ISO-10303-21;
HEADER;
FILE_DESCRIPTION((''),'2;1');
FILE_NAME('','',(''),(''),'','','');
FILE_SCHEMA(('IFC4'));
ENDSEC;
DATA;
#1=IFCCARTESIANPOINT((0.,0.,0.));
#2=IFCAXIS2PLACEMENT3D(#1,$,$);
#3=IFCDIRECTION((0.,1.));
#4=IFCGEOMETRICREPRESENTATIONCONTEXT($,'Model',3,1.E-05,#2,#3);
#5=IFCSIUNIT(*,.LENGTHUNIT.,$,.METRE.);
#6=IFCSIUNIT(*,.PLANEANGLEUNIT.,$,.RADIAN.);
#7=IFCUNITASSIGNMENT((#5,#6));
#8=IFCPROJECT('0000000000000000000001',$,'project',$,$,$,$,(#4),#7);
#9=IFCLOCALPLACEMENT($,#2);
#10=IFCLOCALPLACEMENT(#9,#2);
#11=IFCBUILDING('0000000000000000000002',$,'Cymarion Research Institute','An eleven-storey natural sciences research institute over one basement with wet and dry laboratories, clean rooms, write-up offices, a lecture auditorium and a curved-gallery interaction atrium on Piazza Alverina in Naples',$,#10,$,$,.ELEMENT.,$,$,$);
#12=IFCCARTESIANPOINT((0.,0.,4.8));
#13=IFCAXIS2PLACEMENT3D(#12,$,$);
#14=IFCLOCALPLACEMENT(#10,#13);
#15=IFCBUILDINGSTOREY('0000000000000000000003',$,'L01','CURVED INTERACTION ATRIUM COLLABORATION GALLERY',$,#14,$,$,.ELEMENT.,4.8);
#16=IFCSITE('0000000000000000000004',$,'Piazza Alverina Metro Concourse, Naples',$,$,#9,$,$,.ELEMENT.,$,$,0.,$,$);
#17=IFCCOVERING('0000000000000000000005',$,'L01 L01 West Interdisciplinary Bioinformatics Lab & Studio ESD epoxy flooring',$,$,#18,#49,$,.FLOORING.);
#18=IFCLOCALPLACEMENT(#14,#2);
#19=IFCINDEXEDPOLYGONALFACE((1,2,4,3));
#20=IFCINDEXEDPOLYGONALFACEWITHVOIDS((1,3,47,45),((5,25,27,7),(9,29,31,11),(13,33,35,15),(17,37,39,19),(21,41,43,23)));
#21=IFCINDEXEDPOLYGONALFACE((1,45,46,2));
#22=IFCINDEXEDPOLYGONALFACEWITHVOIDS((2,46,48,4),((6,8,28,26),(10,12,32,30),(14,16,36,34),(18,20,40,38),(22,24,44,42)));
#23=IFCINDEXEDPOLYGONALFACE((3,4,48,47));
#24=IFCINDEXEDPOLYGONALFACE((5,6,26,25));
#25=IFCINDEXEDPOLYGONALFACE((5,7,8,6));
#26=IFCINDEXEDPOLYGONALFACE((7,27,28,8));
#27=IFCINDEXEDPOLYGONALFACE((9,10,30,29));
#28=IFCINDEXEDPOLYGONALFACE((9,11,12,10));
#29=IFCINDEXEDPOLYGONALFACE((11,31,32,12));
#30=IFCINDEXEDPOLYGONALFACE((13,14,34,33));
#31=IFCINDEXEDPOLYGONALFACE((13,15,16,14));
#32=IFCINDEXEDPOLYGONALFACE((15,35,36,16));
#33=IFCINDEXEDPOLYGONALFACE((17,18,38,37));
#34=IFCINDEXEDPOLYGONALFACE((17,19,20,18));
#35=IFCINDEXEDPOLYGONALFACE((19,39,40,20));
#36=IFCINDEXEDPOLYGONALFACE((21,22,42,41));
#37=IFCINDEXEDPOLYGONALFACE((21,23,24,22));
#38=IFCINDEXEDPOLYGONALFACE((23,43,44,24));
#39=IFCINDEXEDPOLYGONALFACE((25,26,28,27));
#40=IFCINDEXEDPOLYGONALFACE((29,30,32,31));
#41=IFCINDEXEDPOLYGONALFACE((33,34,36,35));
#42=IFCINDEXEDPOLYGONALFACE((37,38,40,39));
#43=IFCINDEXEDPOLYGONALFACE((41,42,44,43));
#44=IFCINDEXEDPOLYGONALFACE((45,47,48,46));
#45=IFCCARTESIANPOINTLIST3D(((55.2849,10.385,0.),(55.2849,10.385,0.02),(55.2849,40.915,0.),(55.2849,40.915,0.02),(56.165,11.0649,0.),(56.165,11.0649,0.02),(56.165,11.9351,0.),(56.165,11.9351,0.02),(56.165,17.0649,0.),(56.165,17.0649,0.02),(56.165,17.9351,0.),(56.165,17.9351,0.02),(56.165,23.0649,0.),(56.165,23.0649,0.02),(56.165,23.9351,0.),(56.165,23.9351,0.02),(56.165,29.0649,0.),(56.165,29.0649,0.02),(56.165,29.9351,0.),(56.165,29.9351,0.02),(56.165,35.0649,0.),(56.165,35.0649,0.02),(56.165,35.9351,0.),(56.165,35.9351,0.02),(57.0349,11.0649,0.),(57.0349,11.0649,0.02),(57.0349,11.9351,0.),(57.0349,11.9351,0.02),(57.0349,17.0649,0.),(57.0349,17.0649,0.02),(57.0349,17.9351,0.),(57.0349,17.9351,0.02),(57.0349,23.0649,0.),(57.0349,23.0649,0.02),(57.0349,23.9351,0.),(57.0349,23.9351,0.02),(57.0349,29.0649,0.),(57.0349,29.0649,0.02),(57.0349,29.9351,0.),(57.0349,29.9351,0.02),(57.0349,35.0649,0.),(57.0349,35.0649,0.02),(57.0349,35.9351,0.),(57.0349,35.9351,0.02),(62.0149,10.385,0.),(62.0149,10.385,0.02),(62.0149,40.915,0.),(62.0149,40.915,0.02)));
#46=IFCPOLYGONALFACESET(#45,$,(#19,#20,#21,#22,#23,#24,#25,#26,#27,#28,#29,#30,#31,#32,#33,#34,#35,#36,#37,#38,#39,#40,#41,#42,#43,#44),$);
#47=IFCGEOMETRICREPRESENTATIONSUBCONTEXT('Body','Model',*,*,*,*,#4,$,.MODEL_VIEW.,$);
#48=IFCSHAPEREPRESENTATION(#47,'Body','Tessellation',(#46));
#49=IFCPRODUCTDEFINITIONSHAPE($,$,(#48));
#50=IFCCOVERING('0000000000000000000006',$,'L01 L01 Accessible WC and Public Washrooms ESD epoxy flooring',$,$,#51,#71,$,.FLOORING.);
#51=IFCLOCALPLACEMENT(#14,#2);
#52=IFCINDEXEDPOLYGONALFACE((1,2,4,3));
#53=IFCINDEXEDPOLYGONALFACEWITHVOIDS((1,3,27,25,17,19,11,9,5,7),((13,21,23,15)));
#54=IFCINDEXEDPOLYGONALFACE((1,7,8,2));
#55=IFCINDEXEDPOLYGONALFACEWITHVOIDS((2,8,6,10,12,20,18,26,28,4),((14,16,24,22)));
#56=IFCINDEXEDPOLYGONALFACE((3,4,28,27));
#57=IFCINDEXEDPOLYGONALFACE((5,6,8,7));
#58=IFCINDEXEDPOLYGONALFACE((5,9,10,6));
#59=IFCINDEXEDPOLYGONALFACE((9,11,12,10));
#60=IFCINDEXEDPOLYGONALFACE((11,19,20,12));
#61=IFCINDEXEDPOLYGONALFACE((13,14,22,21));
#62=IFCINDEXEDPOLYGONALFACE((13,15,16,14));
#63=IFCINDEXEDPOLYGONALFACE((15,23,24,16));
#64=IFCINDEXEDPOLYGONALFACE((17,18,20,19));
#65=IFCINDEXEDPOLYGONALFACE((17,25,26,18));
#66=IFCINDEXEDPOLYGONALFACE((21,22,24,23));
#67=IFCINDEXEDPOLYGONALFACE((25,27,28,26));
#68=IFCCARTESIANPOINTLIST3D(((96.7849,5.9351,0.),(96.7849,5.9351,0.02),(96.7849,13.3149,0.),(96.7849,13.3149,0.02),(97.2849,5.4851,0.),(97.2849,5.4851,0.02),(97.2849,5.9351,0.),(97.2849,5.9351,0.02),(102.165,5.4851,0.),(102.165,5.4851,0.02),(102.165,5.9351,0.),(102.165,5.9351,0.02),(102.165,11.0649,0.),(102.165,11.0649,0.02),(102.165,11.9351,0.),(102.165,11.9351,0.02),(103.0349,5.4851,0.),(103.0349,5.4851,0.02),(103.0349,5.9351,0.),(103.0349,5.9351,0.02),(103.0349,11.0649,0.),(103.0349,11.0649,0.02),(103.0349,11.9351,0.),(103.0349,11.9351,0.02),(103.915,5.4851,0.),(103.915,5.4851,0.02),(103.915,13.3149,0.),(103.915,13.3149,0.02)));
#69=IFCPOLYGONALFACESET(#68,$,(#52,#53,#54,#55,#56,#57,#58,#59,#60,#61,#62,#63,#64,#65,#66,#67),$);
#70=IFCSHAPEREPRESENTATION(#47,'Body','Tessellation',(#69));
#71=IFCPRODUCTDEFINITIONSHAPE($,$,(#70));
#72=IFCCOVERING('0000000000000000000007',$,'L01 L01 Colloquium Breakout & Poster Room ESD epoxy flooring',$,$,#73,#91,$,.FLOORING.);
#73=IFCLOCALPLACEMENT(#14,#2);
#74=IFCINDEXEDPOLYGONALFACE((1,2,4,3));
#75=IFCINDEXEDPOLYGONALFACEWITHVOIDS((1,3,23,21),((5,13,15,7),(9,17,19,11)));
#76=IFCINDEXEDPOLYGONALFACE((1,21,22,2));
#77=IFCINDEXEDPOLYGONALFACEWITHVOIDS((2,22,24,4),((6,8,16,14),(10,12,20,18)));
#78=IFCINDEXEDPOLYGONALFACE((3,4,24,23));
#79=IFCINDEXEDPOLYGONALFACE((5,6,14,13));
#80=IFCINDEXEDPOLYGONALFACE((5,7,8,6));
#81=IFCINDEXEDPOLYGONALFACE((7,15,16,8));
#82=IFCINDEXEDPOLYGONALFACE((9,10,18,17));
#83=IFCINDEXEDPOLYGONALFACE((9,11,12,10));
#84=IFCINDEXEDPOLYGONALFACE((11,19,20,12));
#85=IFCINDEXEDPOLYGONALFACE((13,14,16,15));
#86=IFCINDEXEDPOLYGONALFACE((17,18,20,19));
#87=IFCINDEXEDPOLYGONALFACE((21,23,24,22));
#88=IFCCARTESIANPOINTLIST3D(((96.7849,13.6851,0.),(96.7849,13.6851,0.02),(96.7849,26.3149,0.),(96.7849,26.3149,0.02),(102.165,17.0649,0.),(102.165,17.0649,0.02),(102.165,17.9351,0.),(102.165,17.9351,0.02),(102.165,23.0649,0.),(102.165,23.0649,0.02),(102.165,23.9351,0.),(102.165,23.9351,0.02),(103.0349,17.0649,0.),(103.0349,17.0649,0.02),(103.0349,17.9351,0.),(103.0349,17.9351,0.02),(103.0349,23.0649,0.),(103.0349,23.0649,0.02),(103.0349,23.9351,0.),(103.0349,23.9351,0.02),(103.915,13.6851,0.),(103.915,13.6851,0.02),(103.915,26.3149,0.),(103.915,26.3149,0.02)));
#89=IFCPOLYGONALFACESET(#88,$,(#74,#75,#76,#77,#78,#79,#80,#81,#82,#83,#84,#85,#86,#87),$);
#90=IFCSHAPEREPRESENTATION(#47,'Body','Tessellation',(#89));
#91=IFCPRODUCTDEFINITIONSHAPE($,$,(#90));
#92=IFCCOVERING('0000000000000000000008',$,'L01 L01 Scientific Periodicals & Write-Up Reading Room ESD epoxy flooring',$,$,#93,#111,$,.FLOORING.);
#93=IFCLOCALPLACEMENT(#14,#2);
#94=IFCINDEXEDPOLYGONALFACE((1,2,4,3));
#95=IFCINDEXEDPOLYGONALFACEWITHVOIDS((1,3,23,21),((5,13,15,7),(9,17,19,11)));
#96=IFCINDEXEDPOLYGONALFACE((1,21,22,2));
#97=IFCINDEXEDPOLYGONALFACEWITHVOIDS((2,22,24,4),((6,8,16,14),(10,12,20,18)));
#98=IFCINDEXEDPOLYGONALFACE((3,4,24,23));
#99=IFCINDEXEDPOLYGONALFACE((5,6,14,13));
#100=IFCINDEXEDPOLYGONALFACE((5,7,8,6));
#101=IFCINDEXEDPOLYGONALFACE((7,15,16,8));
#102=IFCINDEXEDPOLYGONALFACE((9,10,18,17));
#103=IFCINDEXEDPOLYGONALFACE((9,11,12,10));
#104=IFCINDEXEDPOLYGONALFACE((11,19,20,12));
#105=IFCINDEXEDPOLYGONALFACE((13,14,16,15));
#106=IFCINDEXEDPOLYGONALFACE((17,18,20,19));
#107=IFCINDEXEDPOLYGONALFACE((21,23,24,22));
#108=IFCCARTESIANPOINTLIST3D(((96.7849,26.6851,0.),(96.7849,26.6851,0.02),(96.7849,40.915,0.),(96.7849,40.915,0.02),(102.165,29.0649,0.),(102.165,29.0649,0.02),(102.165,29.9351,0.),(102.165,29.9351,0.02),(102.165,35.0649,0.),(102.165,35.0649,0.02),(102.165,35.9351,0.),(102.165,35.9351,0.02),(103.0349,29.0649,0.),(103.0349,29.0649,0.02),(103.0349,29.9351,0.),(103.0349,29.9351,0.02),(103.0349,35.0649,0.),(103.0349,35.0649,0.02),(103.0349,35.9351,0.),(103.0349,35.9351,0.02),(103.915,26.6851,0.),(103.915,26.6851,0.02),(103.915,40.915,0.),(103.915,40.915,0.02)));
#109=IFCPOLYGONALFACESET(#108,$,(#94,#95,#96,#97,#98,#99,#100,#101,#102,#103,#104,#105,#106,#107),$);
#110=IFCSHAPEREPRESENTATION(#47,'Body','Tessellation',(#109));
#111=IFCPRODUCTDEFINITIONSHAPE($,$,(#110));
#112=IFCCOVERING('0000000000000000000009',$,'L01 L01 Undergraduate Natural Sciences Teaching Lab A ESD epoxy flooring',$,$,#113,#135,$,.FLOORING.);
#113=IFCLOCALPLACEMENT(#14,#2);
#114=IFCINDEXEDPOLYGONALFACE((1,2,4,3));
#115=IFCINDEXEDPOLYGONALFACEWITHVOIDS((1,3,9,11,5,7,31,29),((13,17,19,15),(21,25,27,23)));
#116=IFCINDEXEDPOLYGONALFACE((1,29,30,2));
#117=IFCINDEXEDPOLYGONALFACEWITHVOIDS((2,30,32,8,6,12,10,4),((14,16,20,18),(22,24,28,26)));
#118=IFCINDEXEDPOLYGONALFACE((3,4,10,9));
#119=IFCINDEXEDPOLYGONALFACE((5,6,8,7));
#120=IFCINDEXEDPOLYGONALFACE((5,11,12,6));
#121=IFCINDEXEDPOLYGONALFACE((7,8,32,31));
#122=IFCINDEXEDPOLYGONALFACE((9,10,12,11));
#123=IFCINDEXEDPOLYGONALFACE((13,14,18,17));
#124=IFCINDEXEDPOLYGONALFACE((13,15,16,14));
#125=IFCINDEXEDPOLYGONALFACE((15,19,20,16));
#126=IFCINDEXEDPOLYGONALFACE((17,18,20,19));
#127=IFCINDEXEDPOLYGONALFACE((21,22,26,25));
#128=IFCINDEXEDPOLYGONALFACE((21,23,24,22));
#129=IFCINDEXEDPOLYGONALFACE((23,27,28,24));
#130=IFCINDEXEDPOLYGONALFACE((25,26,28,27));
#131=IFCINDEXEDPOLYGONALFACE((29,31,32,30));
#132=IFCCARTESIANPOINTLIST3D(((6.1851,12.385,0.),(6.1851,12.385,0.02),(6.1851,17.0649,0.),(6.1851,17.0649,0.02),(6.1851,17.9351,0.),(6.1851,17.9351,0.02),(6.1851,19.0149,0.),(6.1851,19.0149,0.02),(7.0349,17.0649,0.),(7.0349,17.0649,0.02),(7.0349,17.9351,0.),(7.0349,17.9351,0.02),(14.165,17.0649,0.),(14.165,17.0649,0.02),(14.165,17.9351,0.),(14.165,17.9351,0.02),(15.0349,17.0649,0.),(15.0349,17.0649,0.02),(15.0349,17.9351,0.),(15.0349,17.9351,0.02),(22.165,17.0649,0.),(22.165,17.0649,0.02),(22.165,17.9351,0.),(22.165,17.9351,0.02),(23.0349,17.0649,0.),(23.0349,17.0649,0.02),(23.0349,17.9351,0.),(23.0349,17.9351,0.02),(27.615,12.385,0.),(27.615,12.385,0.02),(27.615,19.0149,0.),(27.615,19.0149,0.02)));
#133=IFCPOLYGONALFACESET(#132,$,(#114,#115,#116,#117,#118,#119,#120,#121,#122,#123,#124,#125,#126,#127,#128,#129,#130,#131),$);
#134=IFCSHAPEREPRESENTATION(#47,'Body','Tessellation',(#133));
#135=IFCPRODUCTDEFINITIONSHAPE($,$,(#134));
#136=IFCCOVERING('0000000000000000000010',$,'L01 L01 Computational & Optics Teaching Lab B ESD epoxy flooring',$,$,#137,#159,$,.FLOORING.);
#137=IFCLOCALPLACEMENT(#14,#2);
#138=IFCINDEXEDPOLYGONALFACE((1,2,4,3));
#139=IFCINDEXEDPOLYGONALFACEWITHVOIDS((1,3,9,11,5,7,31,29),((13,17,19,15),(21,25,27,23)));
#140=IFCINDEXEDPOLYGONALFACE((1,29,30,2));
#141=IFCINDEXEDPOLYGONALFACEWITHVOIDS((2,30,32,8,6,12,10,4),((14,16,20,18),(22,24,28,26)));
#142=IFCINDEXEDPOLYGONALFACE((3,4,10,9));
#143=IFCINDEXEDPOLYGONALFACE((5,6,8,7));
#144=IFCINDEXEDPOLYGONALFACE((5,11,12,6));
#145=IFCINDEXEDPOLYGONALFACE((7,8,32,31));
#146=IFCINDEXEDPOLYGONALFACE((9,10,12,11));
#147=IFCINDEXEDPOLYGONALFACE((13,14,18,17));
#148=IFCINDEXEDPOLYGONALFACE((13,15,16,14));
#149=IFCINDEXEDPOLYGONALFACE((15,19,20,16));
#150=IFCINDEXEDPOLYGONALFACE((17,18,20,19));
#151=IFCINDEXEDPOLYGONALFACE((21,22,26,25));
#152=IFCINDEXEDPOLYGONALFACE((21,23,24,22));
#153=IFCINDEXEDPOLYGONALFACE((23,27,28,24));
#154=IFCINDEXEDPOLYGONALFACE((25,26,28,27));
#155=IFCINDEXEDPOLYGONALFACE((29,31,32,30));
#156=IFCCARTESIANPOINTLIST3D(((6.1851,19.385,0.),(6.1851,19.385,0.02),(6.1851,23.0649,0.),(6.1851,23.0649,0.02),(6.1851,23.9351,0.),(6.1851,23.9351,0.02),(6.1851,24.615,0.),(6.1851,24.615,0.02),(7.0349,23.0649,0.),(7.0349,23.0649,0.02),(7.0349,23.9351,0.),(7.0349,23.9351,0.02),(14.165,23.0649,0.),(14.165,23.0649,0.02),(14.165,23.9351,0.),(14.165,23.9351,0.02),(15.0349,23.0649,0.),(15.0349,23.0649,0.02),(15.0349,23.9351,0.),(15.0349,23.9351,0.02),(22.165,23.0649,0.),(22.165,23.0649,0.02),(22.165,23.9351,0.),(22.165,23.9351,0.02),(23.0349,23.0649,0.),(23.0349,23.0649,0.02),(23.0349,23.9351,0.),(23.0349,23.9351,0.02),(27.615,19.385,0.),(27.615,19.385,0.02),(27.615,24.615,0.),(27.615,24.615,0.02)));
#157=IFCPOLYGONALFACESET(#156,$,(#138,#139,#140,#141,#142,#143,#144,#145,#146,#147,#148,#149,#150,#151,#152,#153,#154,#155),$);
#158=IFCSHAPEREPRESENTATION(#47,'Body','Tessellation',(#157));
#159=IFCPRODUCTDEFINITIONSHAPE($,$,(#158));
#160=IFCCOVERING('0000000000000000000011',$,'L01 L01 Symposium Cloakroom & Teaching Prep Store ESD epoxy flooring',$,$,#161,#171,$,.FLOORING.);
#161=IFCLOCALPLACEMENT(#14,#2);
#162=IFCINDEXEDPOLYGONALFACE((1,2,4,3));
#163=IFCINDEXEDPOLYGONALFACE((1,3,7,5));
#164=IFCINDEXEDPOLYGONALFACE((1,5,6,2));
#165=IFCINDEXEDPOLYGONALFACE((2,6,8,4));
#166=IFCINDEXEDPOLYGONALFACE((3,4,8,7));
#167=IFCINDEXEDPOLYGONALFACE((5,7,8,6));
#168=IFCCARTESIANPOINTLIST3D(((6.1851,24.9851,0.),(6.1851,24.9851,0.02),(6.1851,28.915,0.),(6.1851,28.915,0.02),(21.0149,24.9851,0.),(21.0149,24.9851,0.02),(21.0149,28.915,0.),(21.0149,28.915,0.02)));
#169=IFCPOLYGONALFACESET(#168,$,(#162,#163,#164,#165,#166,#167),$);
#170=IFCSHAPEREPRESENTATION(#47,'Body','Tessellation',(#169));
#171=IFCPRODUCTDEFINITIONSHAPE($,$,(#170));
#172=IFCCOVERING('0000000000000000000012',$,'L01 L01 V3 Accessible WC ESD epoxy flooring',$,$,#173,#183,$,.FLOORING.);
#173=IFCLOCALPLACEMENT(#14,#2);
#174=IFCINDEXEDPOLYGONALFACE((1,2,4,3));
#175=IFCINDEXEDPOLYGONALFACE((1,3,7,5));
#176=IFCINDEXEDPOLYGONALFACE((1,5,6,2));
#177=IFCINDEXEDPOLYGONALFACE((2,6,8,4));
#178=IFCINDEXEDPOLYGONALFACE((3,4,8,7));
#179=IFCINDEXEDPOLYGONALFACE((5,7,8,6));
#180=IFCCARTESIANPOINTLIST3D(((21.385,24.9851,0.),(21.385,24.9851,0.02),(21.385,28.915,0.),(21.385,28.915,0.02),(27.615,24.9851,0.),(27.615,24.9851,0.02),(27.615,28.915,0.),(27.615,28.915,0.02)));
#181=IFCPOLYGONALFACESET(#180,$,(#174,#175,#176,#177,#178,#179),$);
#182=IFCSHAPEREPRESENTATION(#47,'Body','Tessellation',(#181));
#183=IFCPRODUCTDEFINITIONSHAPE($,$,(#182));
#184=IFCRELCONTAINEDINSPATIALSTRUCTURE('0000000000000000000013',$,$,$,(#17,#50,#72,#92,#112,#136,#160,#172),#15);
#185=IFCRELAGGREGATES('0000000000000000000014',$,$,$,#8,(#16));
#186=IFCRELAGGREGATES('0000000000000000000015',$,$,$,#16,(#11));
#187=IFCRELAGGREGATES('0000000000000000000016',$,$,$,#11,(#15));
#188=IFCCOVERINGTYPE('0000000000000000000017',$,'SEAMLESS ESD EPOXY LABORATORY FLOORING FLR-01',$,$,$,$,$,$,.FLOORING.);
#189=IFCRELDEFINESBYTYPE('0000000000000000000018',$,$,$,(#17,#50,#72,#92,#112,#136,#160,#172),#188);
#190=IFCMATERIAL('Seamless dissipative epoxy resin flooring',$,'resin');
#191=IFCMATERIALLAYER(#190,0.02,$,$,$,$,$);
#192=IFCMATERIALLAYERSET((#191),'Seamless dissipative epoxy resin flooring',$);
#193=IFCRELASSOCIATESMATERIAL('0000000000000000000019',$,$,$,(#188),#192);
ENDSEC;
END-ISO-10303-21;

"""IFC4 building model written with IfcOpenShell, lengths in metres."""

from ifc_helpers import new_model, si_unit, direction, frame, origin, place, context, subcontext, project, spatial, polyline, outline, extrude, material, layer, layer_set, type_object, element, save


model = new_model("IFC4")

# Units and contexts
model_context = context("Model", 3, precision=1e-05, world=origin(), true_north=direction((0.0, 1.0)))
body_context = subcontext(model_context, "Body", "Model", "MODEL_VIEW")
ifc_project = project(units=[si_unit("LENGTHUNIT", "METRE"), si_unit("PLANEANGLEUNIT", "RADIAN")], contexts=[model_context])

# Site, building, storey
site_placement = place(None, origin())
site = spatial("IfcSite", under=ifc_project, at=site_placement, Name="Piazza Alverina Metro Concourse, Naples", CompositionType="ELEMENT", RefElevation=0.0)
building_placement = place(site_placement, origin())
building = spatial("IfcBuilding", under=site, at=building_placement, Name="Cymarion Research Institute", Description="An eleven-storey natural sciences research institute over one basement with wet and dry laboratories, clean rooms, write-up offices, a lecture auditorium and a curved-gallery interaction atrium on Piazza Alverina in Naples", CompositionType="ELEMENT")
storey_placement = place(building_placement, frame((0.0, 0.0, 4.8)))
storey = spatial("IfcBuildingStorey", under=building, at=storey_placement, Name="L01", Description="CURVED INTERACTION ATRIUM COLLABORATION GALLERY", CompositionType="ELEMENT", Elevation=4.8)

# Coverings
ifc_material_1 = material(Name="Seamless dissipative epoxy resin flooring", Category="resin")
ifc_layer_1 = layer(ifc_material_1, 0.02)
ifc_layer_set_1 = layer_set([ifc_layer_1], Name="Seamless dissipative epoxy resin flooring")
covering_type = type_object("IfcCoveringType", Name="SEAMLESS ESD EPOXY LABORATORY FLOORING FLR-01", PredefinedType="FLOORING", material=ifc_layer_set_1)
covering_1_placement = place(storey_placement, origin())
element("IfcCovering", 1, at=covering_1_placement, inside=storey, type_object=covering_type, Name="L01 L01 West Interdisciplinary Bioinformatics Lab & Studio ESD epoxy flooring", PredefinedType="FLOORING", context=body_context, shape_type="SweptSolid", body=[
    extrude(outline(polyline([(55.2849, 40.915), (62.0149, 40.915), (62.0149, 10.385), (55.2849, 10.385), (55.2849, 40.915)]), holes=[polyline([(57.0349, 11.9351), (56.165, 11.9351), (56.165, 11.0649), (57.0349, 11.0649), (57.0349, 11.9351)]), polyline([(57.0349, 17.9351), (56.165, 17.9351), (56.165, 17.0649), (57.0349, 17.0649), (57.0349, 17.9351)]), polyline([(57.0349, 23.9351), (56.165, 23.9351), (56.165, 23.0649), (57.0349, 23.0649), (57.0349, 23.9351)]), polyline([(57.0349, 29.9351), (56.165, 29.9351), (56.165, 29.0649), (57.0349, 29.0649), (57.0349, 29.9351)]), polyline([(57.0349, 35.9351), (56.165, 35.9351), (56.165, 35.0649), (57.0349, 35.0649), (57.0349, 35.9351)])]), origin(), (0.0, 0.0, 1.0), 0.02),
])
covering_2_placement = place(storey_placement, origin())
element("IfcCovering", 2, at=covering_2_placement, inside=storey, type_object=covering_type, Name="L01 L01 Accessible WC and Public Washrooms ESD epoxy flooring", PredefinedType="FLOORING", context=body_context, shape_type="SweptSolid", body=[
    extrude(outline(polyline([(96.7849, 13.3149), (103.915, 13.3149), (103.915, 5.4851), (103.0349, 5.4851), (103.0349, 5.9351), (102.165, 5.9351), (102.165, 5.4851), (97.2849, 5.4851), (97.2849, 5.9351), (96.7849, 5.9351), (96.7849, 13.3149)]), holes=[polyline([(103.0349, 11.9351), (102.165, 11.9351), (102.165, 11.0649), (103.0349, 11.0649), (103.0349, 11.9351)])]), origin(), (0.0, 0.0, 1.0), 0.02),
])
covering_3_placement = place(storey_placement, origin())
element("IfcCovering", 3, at=covering_3_placement, inside=storey, type_object=covering_type, Name="L01 L01 Colloquium Breakout & Poster Room ESD epoxy flooring", PredefinedType="FLOORING", context=body_context, shape_type="SweptSolid", body=[
    extrude(outline(polyline([(96.7849, 26.3149), (103.915, 26.3149), (103.915, 13.6851), (96.7849, 13.6851), (96.7849, 26.3149)]), holes=[polyline([(103.0349, 17.9351), (102.165, 17.9351), (102.165, 17.0649), (103.0349, 17.0649), (103.0349, 17.9351)]), polyline([(103.0349, 23.9351), (102.165, 23.9351), (102.165, 23.0649), (103.0349, 23.0649), (103.0349, 23.9351)])]), origin(), (0.0, 0.0, 1.0), 0.02),
])
covering_4_placement = place(storey_placement, origin())
element("IfcCovering", 4, at=covering_4_placement, inside=storey, type_object=covering_type, Name="L01 L01 Scientific Periodicals & Write-Up Reading Room ESD epoxy flooring", PredefinedType="FLOORING", context=body_context, shape_type="SweptSolid", body=[
    extrude(outline(polyline([(96.7849, 40.915), (103.915, 40.915), (103.915, 26.6851), (96.7849, 26.6851), (96.7849, 40.915)]), holes=[polyline([(103.0349, 29.9351), (102.165, 29.9351), (102.165, 29.0649), (103.0349, 29.0649), (103.0349, 29.9351)]), polyline([(103.0349, 35.9351), (102.165, 35.9351), (102.165, 35.0649), (103.0349, 35.0649), (103.0349, 35.9351)])]), origin(), (0.0, 0.0, 1.0), 0.02),
])
covering_5_placement = place(storey_placement, origin())
element("IfcCovering", 5, at=covering_5_placement, inside=storey, type_object=covering_type, Name="L01 L01 Undergraduate Natural Sciences Teaching Lab A ESD epoxy flooring", PredefinedType="FLOORING", context=body_context, shape_type="SweptSolid", body=[
    extrude(outline(polyline([(6.1851, 17.0649), (7.0349, 17.0649), (7.0349, 17.9351), (6.1851, 17.9351), (6.1851, 19.0149), (27.615, 19.0149), (27.615, 12.385), (6.1851, 12.385), (6.1851, 17.0649)]), holes=[polyline([(23.0349, 17.9351), (22.165, 17.9351), (22.165, 17.0649), (23.0349, 17.0649), (23.0349, 17.9351)]), polyline([(15.0349, 17.9351), (14.165, 17.9351), (14.165, 17.0649), (15.0349, 17.0649), (15.0349, 17.9351)])]), origin(), (0.0, 0.0, 1.0), 0.02),
])
covering_6_placement = place(storey_placement, origin())
element("IfcCovering", 6, at=covering_6_placement, inside=storey, type_object=covering_type, Name="L01 L01 Computational & Optics Teaching Lab B ESD epoxy flooring", PredefinedType="FLOORING", context=body_context, shape_type="SweptSolid", body=[
    extrude(outline(polyline([(6.1851, 23.0649), (7.0349, 23.0649), (7.0349, 23.9351), (6.1851, 23.9351), (6.1851, 24.615), (27.615, 24.615), (27.615, 19.385), (6.1851, 19.385), (6.1851, 23.0649)]), holes=[polyline([(23.0349, 23.9351), (22.165, 23.9351), (22.165, 23.0649), (23.0349, 23.0649), (23.0349, 23.9351)]), polyline([(15.0349, 23.9351), (14.165, 23.9351), (14.165, 23.0649), (15.0349, 23.0649), (15.0349, 23.9351)])]), origin(), (0.0, 0.0, 1.0), 0.02),
])
covering_7_placement = place(storey_placement, origin())
element("IfcCovering", 7, at=covering_7_placement, inside=storey, type_object=covering_type, Name="L01 L01 Symposium Cloakroom & Teaching Prep Store ESD epoxy flooring", PredefinedType="FLOORING", context=body_context, shape_type="SweptSolid", body=[
    extrude(outline(polyline([(6.1851, 28.915), (21.0149, 28.915), (21.0149, 24.9851), (6.1851, 24.9851), (6.1851, 28.915)])), origin(), (0.0, 0.0, 1.0), 0.02),
])
covering_8_placement = place(storey_placement, origin())
element("IfcCovering", 8, at=covering_8_placement, inside=storey, type_object=covering_type, Name="L01 L01 V3 Accessible WC ESD epoxy flooring", PredefinedType="FLOORING", context=body_context, shape_type="SweptSolid", body=[
    extrude(outline(polyline([(21.385, 28.915), (27.615, 28.915), (27.615, 24.9851), (21.385, 24.9851), (21.385, 28.915)])), origin(), (0.0, 0.0, 1.0), 0.02),
])

save(model, "model.ifc")
